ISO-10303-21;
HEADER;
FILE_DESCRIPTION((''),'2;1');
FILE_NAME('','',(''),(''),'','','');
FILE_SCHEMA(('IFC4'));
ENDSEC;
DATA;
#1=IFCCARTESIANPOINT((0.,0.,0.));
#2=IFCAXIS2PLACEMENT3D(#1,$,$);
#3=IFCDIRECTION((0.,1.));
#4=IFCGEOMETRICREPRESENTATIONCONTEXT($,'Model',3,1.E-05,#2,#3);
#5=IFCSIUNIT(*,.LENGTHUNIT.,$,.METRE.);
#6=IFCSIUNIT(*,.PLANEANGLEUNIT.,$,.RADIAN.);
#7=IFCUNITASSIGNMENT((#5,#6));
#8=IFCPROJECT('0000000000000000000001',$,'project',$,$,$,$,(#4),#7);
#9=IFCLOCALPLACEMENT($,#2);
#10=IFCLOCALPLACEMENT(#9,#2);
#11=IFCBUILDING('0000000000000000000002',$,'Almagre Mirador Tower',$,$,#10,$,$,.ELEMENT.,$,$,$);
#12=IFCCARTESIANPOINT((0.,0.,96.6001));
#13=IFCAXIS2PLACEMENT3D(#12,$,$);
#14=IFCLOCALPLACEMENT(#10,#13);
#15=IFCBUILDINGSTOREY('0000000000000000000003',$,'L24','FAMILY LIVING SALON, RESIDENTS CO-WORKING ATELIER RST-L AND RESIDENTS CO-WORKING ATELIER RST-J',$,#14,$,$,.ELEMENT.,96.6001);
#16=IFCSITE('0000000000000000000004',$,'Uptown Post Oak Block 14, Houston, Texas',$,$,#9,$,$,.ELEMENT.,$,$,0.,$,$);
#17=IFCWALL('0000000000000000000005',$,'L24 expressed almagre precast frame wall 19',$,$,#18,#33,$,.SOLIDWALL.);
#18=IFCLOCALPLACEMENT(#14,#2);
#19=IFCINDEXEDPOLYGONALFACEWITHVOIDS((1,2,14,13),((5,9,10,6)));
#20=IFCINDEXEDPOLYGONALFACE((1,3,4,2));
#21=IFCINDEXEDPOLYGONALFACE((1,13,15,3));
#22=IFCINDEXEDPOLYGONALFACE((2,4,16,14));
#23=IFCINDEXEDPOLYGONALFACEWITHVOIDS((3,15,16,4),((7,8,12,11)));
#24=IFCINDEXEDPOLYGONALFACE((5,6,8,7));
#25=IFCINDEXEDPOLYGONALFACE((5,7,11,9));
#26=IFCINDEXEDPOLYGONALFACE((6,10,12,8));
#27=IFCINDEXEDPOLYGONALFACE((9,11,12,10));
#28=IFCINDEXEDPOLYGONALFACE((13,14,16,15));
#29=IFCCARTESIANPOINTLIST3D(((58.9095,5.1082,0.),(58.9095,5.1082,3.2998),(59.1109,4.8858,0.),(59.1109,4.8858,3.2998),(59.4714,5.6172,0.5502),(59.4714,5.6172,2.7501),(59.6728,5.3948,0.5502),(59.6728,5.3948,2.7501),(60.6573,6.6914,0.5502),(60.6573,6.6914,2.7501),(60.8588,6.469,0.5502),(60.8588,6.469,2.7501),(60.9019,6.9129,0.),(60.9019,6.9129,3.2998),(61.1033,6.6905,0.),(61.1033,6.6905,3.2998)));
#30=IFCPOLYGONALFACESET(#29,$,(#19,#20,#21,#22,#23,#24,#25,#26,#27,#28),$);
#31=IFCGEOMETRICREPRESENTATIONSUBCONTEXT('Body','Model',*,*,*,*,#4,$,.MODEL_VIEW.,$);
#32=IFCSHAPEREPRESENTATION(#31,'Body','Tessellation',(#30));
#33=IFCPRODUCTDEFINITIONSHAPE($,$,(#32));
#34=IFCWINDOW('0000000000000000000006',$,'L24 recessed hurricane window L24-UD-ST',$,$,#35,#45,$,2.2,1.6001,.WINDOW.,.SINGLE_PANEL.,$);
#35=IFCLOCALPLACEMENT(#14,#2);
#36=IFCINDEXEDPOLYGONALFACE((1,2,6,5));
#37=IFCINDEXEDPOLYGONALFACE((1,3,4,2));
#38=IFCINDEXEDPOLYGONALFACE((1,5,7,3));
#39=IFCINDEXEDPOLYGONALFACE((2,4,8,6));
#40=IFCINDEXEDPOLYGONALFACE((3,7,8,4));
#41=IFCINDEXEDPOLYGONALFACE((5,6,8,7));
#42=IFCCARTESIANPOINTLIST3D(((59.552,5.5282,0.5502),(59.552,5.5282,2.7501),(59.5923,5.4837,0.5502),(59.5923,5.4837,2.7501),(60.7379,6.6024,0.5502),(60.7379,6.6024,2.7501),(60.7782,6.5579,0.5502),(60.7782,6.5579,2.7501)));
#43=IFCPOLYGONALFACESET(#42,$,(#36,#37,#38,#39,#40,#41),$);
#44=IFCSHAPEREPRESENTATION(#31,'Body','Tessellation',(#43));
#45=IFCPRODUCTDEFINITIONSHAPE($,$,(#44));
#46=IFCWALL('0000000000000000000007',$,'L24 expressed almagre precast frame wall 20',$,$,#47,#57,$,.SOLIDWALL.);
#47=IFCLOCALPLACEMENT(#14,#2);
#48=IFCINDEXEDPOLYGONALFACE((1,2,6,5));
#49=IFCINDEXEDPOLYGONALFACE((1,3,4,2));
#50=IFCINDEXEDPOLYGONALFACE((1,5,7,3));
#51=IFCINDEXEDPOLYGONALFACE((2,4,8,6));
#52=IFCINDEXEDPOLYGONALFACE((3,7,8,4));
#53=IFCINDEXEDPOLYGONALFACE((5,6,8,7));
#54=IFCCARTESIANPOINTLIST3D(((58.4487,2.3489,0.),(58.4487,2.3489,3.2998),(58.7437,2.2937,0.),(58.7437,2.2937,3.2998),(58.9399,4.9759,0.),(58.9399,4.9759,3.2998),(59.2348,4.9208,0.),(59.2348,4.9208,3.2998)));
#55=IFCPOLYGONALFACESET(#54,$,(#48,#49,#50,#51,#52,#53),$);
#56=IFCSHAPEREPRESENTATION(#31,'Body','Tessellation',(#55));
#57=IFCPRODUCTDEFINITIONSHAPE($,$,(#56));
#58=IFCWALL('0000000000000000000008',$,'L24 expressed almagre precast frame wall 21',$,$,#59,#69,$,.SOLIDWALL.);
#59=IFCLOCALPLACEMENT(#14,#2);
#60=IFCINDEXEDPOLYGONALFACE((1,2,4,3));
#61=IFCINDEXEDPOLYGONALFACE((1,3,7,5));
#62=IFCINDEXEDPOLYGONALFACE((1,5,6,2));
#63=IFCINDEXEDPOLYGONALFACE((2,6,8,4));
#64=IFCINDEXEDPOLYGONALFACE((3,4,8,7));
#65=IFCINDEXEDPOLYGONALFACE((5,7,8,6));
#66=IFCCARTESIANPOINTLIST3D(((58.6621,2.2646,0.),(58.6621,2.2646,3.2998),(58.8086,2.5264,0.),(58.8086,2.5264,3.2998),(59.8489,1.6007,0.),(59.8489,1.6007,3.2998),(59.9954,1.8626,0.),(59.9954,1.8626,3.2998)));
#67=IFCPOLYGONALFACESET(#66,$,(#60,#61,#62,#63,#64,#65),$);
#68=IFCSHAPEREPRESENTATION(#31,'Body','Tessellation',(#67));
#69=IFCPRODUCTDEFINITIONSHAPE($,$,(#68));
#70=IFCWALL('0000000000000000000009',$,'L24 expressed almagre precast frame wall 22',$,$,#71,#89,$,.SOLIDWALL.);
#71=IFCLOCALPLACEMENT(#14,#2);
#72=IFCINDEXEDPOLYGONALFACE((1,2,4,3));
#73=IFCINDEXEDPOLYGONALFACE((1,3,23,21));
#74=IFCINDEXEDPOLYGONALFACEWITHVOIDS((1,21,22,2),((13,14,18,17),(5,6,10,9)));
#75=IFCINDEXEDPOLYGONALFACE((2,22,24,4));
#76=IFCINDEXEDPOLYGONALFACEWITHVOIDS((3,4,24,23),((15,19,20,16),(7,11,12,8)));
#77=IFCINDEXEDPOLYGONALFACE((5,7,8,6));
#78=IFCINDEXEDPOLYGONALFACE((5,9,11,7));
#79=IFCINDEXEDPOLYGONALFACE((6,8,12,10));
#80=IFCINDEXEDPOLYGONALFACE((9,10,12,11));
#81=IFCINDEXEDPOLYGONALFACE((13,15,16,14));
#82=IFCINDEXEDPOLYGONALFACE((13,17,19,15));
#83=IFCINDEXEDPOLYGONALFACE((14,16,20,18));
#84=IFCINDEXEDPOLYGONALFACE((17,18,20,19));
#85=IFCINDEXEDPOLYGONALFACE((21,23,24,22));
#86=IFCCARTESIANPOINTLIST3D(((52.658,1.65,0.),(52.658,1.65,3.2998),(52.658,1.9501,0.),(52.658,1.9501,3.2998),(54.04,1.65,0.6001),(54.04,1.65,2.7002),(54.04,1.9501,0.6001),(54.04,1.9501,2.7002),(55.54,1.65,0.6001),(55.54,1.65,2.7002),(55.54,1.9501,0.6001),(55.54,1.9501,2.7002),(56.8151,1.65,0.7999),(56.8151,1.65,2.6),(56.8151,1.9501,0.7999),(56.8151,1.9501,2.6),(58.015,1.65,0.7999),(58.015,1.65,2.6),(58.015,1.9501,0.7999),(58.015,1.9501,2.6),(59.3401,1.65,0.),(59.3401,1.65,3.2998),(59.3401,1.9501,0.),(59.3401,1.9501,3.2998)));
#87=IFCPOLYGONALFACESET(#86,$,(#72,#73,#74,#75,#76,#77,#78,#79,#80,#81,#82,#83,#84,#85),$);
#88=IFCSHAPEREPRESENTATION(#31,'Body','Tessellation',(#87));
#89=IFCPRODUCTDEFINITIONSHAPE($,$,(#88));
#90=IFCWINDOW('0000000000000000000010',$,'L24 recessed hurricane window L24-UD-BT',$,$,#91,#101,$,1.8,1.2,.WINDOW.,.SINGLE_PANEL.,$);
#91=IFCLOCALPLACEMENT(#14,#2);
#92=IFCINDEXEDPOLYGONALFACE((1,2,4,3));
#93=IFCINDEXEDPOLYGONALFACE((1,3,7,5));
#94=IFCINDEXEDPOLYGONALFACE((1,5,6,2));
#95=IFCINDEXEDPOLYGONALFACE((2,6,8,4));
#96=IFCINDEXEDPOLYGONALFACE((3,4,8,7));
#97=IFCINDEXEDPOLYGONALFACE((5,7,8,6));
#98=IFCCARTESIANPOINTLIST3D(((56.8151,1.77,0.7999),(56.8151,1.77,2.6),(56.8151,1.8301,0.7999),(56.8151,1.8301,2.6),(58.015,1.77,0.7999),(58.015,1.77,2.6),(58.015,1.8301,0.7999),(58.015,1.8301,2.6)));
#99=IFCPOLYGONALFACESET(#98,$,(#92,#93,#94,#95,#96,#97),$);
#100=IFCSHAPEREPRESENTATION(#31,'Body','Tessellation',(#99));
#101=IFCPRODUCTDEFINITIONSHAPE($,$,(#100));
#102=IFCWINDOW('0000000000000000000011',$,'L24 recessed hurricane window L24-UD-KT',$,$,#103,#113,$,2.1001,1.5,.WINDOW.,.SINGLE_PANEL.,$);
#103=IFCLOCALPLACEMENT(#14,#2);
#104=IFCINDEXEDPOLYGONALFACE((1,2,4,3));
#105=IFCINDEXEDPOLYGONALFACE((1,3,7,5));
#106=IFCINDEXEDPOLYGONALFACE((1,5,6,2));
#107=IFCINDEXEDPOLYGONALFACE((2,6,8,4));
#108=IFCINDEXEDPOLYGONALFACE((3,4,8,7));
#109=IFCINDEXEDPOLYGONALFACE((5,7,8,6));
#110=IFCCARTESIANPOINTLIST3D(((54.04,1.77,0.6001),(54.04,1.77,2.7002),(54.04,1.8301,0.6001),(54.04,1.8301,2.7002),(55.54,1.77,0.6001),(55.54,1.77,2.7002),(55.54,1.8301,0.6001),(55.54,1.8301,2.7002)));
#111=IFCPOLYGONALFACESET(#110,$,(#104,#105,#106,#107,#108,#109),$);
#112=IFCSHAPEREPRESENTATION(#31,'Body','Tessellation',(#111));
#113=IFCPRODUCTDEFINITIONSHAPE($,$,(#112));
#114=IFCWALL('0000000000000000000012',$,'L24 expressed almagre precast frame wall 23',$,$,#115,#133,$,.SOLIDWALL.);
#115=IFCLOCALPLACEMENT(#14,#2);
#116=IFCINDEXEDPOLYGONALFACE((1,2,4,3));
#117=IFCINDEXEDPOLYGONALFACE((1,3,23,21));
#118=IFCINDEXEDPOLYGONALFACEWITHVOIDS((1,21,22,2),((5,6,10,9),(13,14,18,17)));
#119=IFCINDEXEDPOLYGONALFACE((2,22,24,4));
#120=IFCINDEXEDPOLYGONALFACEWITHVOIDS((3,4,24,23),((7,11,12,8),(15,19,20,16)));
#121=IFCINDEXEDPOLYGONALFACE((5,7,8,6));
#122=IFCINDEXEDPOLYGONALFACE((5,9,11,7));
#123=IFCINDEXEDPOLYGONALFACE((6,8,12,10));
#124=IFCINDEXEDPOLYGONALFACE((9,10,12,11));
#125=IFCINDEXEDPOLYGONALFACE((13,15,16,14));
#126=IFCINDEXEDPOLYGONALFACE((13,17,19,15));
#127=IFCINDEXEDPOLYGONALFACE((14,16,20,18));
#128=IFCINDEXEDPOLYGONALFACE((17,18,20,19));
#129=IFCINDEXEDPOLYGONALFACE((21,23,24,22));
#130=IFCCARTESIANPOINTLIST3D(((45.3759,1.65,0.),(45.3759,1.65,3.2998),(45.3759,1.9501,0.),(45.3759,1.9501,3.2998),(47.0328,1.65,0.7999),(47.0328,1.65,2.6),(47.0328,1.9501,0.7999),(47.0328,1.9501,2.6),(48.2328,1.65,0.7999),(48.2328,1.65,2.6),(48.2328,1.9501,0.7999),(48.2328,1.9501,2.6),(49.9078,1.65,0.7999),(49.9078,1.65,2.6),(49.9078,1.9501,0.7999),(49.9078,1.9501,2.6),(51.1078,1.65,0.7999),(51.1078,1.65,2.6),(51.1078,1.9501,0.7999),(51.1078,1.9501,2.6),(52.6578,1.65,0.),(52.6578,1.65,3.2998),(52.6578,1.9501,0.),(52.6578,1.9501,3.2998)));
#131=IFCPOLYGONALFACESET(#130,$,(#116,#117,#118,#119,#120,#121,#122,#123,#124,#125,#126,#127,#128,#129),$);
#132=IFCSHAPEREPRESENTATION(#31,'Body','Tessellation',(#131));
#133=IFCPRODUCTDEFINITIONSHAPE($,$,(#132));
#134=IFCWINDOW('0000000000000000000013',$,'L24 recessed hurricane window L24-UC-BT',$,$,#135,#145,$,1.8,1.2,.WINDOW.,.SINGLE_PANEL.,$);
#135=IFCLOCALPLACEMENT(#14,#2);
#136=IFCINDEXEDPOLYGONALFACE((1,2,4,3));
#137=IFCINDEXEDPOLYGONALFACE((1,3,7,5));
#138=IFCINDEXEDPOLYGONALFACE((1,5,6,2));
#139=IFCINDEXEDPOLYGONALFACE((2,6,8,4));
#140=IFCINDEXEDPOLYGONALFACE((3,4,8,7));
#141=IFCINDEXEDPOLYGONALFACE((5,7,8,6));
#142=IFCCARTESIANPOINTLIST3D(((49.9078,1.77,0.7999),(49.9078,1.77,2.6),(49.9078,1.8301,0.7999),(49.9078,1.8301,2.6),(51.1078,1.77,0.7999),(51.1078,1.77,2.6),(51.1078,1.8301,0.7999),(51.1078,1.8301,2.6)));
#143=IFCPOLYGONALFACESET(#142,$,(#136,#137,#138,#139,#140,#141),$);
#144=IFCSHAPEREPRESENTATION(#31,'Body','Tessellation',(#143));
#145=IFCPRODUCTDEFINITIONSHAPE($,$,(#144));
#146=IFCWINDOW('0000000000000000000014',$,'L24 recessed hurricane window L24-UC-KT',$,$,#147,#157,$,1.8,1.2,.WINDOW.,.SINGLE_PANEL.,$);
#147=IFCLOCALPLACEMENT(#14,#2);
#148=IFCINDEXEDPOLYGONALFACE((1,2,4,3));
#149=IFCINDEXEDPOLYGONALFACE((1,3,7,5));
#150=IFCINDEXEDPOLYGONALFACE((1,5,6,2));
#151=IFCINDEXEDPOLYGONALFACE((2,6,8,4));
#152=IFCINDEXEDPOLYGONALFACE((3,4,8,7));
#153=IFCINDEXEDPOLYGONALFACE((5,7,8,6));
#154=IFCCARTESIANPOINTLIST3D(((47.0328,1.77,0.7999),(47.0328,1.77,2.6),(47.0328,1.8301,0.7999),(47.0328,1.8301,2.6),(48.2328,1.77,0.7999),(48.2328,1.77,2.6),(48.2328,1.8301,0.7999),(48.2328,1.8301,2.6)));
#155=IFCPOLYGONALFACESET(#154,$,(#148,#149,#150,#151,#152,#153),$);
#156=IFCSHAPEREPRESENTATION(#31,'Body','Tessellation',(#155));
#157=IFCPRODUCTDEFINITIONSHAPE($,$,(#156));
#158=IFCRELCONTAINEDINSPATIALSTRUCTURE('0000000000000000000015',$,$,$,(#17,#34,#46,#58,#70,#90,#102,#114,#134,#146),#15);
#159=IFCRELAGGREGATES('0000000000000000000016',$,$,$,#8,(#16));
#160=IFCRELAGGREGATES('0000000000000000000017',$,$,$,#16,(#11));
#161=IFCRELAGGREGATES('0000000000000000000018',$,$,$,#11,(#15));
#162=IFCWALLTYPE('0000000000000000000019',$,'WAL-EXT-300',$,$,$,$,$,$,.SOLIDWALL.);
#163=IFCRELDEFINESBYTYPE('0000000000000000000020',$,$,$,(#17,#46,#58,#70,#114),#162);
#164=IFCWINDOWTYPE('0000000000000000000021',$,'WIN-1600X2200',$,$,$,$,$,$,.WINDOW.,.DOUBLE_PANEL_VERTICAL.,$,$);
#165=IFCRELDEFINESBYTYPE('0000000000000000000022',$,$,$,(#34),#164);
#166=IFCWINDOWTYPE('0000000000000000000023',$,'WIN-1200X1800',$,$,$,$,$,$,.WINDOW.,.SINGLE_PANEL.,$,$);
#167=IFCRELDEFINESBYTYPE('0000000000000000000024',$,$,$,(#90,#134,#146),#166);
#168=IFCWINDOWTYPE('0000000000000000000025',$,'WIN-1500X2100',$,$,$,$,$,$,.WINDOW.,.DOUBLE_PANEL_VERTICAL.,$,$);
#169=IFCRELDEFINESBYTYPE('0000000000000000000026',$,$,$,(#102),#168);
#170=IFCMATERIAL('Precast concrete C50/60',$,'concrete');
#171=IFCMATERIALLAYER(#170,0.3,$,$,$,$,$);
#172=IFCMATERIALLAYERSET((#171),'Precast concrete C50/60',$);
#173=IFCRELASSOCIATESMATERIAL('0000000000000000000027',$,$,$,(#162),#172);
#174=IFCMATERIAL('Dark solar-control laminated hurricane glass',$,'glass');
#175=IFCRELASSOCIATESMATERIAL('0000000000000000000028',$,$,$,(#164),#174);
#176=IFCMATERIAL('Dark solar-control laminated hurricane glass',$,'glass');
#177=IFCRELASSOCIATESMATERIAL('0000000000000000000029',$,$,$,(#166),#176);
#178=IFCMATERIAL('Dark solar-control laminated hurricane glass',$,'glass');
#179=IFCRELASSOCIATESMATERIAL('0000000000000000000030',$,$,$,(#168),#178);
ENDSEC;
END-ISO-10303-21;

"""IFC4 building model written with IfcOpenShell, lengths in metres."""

from ifc_helpers import new_model, si_unit, direction, frame, frame_2d, origin, place, context, subcontext, project, spatial, rectangle, extrude, material, layer, layer_set, type_object, element, fill, save


model = new_model("IFC4")

# Units and contexts
model_context = context("Model", 3, precision=1e-05, world=origin(), true_north=direction((0.0, 1.0)))
body_context = subcontext(model_context, "Body", "Model", "MODEL_VIEW")
ifc_project = project(units=[si_unit("LENGTHUNIT", "METRE"), si_unit("PLANEANGLEUNIT", "RADIAN")], contexts=[model_context])

# Site, building, storey
site_placement = place(None, origin())
site = spatial("IfcSite", under=ifc_project, at=site_placement, Name="Uptown Post Oak Block 14, Houston, Texas", CompositionType="ELEMENT", RefElevation=0.0)
building_placement = place(site_placement, origin())
building = spatial("IfcBuilding", under=site, at=building_placement, Name="Almagre Mirador Tower", CompositionType="ELEMENT")
storey_placement = place(building_placement, frame((0.0, 0.0, 96.6001)))
storey = spatial("IfcBuildingStorey", under=building, at=storey_placement, Name="L24", Description="FAMILY LIVING SALON, RESIDENTS CO-WORKING ATELIER RST-L AND RESIDENTS CO-WORKING ATELIER RST-J", CompositionType="ELEMENT", Elevation=96.6001)

# Shared definitions
ifc_material_1 = material(Name="Precast concrete C50/60", Category="concrete")
ifc_layer_1 = layer(ifc_material_1, 0.3)
ifc_layer_set_1 = layer_set([ifc_layer_1], Name="Precast concrete C50/60")
wall_type_1 = type_object("IfcWallType", Name="WAL-EXT-300", PredefinedType="SOLIDWALL", material=ifc_layer_set_1)

# Wall, opening, window
wall_1_placement = place(storey_placement, frame((61.0027, 6.8018, 0.0), z_axis=(0.0, 0.0, 1.0), x_axis=(-0.741163, -0.671325, 0.0)))
wall_1 = element("IfcWall", 1, at=wall_1_placement, inside=storey, type_object=wall_type_1, Name="L24 expressed almagre precast frame wall 19", PredefinedType="SOLIDWALL", context=body_context, shape_type="SweptSolid", body=[
    extrude(rectangle(XDim=2.6882, YDim=0.3, at=frame_2d((1.3442, 0.0))), origin(), (0.0, 0.0, 1.0), 3.2998),
])
opening_1_placement = place(wall_1_placement, frame((0.3301, 0.0, 0.55)))
opening_1 = element("IfcOpeningElement", 2, at=opening_1_placement, cuts=wall_1, PredefinedType="OPENING", context=body_context, shape_type="SweptSolid", body=[
    extrude(rectangle(XDim=1.6001, YDim=2.2, at=frame_2d((0.8, 1.1001))), frame((0.0, 0.1599, 0.0), z_axis=(0.0, -1.0, 0.0), x_axis=(1.0, 0.0, 0.0)), (0.0, 0.0, 1.0), 0.32),
])
ifc_material_2 = material(Name="Dark solar-control laminated hurricane glass", Category="glass")
window_type_1 = type_object("IfcWindowType", Name="WIN-1600X2200", PartitioningType="DOUBLE_PANEL_VERTICAL", PredefinedType="WINDOW", material=ifc_material_2)
window_1_placement = place(opening_1_placement, origin())
window_1 = element("IfcWindow", 3, at=window_1_placement, inside=storey, type_object=window_type_1, Name="L24 recessed hurricane window L24-UD-ST", OverallHeight=2.2, OverallWidth=1.6001, PartitioningType="SINGLE_PANEL", PredefinedType="WINDOW", context=body_context, shape_type="SweptSolid", body=[
    extrude(rectangle(XDim=1.6001, YDim=2.2, at=frame_2d((0.8, 1.1001))), frame((0.0, 0.03, 0.0), z_axis=(0.0, -1.0, 0.0), x_axis=(1.0, 0.0, 0.0)), (0.0, 0.0, 1.0), 0.0601),
])
fill(opening_1, window_1)

# Walls
wall_2_placement = place(storey_placement, frame((59.0874, 4.9485, 0.0), z_axis=(0.0, 0.0, 1.0), x_axis=(-0.183787, -0.982966, 0.0)))
element("IfcWall", 4, at=wall_2_placement, inside=storey, type_object=wall_type_1, Name="L24 expressed almagre precast frame wall 20", PredefinedType="SOLIDWALL", context=body_context, shape_type="SweptSolid", body=[
    extrude(rectangle(XDim=2.6726, YDim=0.3, at=frame_2d((1.3364, 0.0))), origin(), (0.0, 0.0, 1.0), 3.2998),
])
wall_3_placement = place(storey_placement, frame((58.7354, 2.3955, 0.0), z_axis=(0.0, 0.0, 1.0), x_axis=(0.872748, -0.488171, 0.0)))
element("IfcWall", 5, at=wall_3_placement, inside=storey, type_object=wall_type_1, Name="L24 expressed almagre precast frame wall 21", PredefinedType="SOLIDWALL", context=body_context, shape_type="SweptSolid", body=[
    extrude(rectangle(XDim=1.3599, YDim=0.3, at=frame_2d((0.6799, 0.0))), origin(), (0.0, 0.0, 1.0), 3.2998),
])

# Walls, openings, windows
wall_4_placement = place(storey_placement, frame((59.3401, 1.8, 0.0), z_axis=(0.0, 0.0, 1.0), x_axis=(-1.0, 0.0, 0.0)))
wall_4 = element("IfcWall", 6, at=wall_4_placement, inside=storey, type_object=wall_type_1, Name="L24 expressed almagre precast frame wall 22", PredefinedType="SOLIDWALL", context=body_context, shape_type="SweptSolid", body=[
    extrude(rectangle(XDim=6.6821, YDim=0.3, at=frame_2d((3.3411, 0.0))), origin(), (0.0, 0.0, 1.0), 3.2998),
])
opening_2_placement = place(wall_4_placement, frame((3.8, 0.0, 0.6001)))
opening_2 = element("IfcOpeningElement", 7, at=opening_2_placement, cuts=wall_4, PredefinedType="OPENING", context=body_context, shape_type="SweptSolid", body=[
    extrude(rectangle(XDim=1.5, YDim=2.1001, at=frame_2d((0.75, 1.05))), frame((0.0, 0.1599, 0.0), z_axis=(0.0, -1.0, 0.0), x_axis=(1.0, 0.0, 0.0)), (0.0, 0.0, 1.0), 0.32),
])
opening_3_placement = place(wall_4_placement, frame((1.325, 0.0, 0.8)))
opening_3 = element("IfcOpeningElement", 8, at=opening_3_placement, cuts=wall_4, PredefinedType="OPENING", context=body_context, shape_type="SweptSolid", body=[
    extrude(rectangle(XDim=1.2, YDim=1.8, at=frame_2d((0.6001, 0.8999))), frame((0.0, 0.1599, 0.0), z_axis=(0.0, -1.0, 0.0), x_axis=(1.0, 0.0, 0.0)), (0.0, 0.0, 1.0), 0.32),
])
ifc_material_3 = material(Name="Dark solar-control laminated hurricane glass", Category="glass")
window_type_2 = type_object("IfcWindowType", Name="WIN-1200X1800", PartitioningType="SINGLE_PANEL", PredefinedType="WINDOW", material=ifc_material_3)
window_2_placement = place(opening_3_placement, origin())
window_2 = element("IfcWindow", 9, at=window_2_placement, inside=storey, type_object=window_type_2, Name="L24 recessed hurricane window L24-UD-BT", OverallHeight=1.8, OverallWidth=1.2, PartitioningType="SINGLE_PANEL", PredefinedType="WINDOW", context=body_context, shape_type="SweptSolid", body=[
    extrude(rectangle(XDim=1.2, YDim=1.8, at=frame_2d((0.6001, 0.8999))), frame((0.0, 0.03, 0.0), z_axis=(0.0, -1.0, 0.0), x_axis=(1.0, 0.0, 0.0)), (0.0, 0.0, 1.0), 0.0601),
])
fill(opening_3, window_2)
ifc_material_4 = material(Name="Dark solar-control laminated hurricane glass", Category="glass")
window_type_3 = type_object("IfcWindowType", Name="WIN-1500X2100", PartitioningType="DOUBLE_PANEL_VERTICAL", PredefinedType="WINDOW", material=ifc_material_4)
window_3_placement = place(opening_2_placement, origin())
window_3 = element("IfcWindow", 10, at=window_3_placement, inside=storey, type_object=window_type_3, Name="L24 recessed hurricane window L24-UD-KT", OverallHeight=2.1001, OverallWidth=1.5, PartitioningType="SINGLE_PANEL", PredefinedType="WINDOW", context=body_context, shape_type="SweptSolid", body=[
    extrude(rectangle(XDim=1.5, YDim=2.1001, at=frame_2d((0.75, 1.05))), frame((0.0, 0.03, 0.0), z_axis=(0.0, -1.0, 0.0), x_axis=(1.0, 0.0, 0.0)), (0.0, 0.0, 1.0), 0.0601),
])
fill(opening_2, window_3)
wall_5_placement = place(storey_placement, frame((52.658, 1.8, 0.0), z_axis=(0.0, 0.0, 1.0), x_axis=(-1.0, 0.0, 0.0)))
wall_5 = element("IfcWall", 11, at=wall_5_placement, inside=storey, type_object=wall_type_1, Name="L24 expressed almagre precast frame wall 23", PredefinedType="SOLIDWALL", context=body_context, shape_type="SweptSolid", body=[
    extrude(rectangle(XDim=7.282, YDim=0.3, at=frame_2d((3.6411, 0.0))), origin(), (0.0, 0.0, 1.0), 3.2998),
])
opening_4_placement = place(wall_5_placement, frame((1.55, 0.0, 0.8)))
opening_4 = element("IfcOpeningElement", 12, at=opening_4_placement, cuts=wall_5, PredefinedType="OPENING", context=body_context, shape_type="SweptSolid", body=[
    extrude(rectangle(XDim=1.2, YDim=1.8, at=frame_2d((0.6001, 0.8999))), frame((0.0, 0.1599, 0.0), z_axis=(0.0, -1.0, 0.0), x_axis=(1.0, 0.0, 0.0)), (0.0, 0.0, 1.0), 0.32),
])
opening_5_placement = place(wall_5_placement, frame((4.425, 0.0, 0.8)))
opening_5 = element("IfcOpeningElement", 13, at=opening_5_placement, cuts=wall_5, PredefinedType="OPENING", context=body_context, shape_type="SweptSolid", body=[
    extrude(rectangle(XDim=1.2, YDim=1.8, at=frame_2d((0.6001, 0.8999))), frame((0.0, 0.1599, 0.0), z_axis=(0.0, -1.0, 0.0), x_axis=(1.0, 0.0, 0.0)), (0.0, 0.0, 1.0), 0.32),
])
window_4_placement = place(opening_4_placement, origin())
window_4 = element("IfcWindow", 14, at=window_4_placement, inside=storey, type_object=window_type_2, Name="L24 recessed hurricane window L24-UC-BT", OverallHeight=1.8, OverallWidth=1.2, PartitioningType="SINGLE_PANEL", PredefinedType="WINDOW", context=body_context, shape_type="SweptSolid", body=[
    extrude(rectangle(XDim=1.2, YDim=1.8, at=frame_2d((0.6001, 0.8999))), frame((0.0, 0.03, 0.0), z_axis=(0.0, -1.0, 0.0), x_axis=(1.0, 0.0, 0.0)), (0.0, 0.0, 1.0), 0.0601),
])
fill(opening_4, window_4)
window_5_placement = place(opening_5_placement, origin())
window_5 = element("IfcWindow", 15, at=window_5_placement, inside=storey, type_object=window_type_2, Name="L24 recessed hurricane window L24-UC-KT", OverallHeight=1.8, OverallWidth=1.2, PartitioningType="SINGLE_PANEL", PredefinedType="WINDOW", context=body_context, shape_type="SweptSolid", body=[
    extrude(rectangle(XDim=1.2, YDim=1.8, at=frame_2d((0.6001, 0.8999))), frame((0.0, 0.03, 0.0), z_axis=(0.0, -1.0, 0.0), x_axis=(1.0, 0.0, 0.0)), (0.0, 0.0, 1.0), 0.0601),
])
fill(opening_5, window_5)

save(model, "model.ifc")
